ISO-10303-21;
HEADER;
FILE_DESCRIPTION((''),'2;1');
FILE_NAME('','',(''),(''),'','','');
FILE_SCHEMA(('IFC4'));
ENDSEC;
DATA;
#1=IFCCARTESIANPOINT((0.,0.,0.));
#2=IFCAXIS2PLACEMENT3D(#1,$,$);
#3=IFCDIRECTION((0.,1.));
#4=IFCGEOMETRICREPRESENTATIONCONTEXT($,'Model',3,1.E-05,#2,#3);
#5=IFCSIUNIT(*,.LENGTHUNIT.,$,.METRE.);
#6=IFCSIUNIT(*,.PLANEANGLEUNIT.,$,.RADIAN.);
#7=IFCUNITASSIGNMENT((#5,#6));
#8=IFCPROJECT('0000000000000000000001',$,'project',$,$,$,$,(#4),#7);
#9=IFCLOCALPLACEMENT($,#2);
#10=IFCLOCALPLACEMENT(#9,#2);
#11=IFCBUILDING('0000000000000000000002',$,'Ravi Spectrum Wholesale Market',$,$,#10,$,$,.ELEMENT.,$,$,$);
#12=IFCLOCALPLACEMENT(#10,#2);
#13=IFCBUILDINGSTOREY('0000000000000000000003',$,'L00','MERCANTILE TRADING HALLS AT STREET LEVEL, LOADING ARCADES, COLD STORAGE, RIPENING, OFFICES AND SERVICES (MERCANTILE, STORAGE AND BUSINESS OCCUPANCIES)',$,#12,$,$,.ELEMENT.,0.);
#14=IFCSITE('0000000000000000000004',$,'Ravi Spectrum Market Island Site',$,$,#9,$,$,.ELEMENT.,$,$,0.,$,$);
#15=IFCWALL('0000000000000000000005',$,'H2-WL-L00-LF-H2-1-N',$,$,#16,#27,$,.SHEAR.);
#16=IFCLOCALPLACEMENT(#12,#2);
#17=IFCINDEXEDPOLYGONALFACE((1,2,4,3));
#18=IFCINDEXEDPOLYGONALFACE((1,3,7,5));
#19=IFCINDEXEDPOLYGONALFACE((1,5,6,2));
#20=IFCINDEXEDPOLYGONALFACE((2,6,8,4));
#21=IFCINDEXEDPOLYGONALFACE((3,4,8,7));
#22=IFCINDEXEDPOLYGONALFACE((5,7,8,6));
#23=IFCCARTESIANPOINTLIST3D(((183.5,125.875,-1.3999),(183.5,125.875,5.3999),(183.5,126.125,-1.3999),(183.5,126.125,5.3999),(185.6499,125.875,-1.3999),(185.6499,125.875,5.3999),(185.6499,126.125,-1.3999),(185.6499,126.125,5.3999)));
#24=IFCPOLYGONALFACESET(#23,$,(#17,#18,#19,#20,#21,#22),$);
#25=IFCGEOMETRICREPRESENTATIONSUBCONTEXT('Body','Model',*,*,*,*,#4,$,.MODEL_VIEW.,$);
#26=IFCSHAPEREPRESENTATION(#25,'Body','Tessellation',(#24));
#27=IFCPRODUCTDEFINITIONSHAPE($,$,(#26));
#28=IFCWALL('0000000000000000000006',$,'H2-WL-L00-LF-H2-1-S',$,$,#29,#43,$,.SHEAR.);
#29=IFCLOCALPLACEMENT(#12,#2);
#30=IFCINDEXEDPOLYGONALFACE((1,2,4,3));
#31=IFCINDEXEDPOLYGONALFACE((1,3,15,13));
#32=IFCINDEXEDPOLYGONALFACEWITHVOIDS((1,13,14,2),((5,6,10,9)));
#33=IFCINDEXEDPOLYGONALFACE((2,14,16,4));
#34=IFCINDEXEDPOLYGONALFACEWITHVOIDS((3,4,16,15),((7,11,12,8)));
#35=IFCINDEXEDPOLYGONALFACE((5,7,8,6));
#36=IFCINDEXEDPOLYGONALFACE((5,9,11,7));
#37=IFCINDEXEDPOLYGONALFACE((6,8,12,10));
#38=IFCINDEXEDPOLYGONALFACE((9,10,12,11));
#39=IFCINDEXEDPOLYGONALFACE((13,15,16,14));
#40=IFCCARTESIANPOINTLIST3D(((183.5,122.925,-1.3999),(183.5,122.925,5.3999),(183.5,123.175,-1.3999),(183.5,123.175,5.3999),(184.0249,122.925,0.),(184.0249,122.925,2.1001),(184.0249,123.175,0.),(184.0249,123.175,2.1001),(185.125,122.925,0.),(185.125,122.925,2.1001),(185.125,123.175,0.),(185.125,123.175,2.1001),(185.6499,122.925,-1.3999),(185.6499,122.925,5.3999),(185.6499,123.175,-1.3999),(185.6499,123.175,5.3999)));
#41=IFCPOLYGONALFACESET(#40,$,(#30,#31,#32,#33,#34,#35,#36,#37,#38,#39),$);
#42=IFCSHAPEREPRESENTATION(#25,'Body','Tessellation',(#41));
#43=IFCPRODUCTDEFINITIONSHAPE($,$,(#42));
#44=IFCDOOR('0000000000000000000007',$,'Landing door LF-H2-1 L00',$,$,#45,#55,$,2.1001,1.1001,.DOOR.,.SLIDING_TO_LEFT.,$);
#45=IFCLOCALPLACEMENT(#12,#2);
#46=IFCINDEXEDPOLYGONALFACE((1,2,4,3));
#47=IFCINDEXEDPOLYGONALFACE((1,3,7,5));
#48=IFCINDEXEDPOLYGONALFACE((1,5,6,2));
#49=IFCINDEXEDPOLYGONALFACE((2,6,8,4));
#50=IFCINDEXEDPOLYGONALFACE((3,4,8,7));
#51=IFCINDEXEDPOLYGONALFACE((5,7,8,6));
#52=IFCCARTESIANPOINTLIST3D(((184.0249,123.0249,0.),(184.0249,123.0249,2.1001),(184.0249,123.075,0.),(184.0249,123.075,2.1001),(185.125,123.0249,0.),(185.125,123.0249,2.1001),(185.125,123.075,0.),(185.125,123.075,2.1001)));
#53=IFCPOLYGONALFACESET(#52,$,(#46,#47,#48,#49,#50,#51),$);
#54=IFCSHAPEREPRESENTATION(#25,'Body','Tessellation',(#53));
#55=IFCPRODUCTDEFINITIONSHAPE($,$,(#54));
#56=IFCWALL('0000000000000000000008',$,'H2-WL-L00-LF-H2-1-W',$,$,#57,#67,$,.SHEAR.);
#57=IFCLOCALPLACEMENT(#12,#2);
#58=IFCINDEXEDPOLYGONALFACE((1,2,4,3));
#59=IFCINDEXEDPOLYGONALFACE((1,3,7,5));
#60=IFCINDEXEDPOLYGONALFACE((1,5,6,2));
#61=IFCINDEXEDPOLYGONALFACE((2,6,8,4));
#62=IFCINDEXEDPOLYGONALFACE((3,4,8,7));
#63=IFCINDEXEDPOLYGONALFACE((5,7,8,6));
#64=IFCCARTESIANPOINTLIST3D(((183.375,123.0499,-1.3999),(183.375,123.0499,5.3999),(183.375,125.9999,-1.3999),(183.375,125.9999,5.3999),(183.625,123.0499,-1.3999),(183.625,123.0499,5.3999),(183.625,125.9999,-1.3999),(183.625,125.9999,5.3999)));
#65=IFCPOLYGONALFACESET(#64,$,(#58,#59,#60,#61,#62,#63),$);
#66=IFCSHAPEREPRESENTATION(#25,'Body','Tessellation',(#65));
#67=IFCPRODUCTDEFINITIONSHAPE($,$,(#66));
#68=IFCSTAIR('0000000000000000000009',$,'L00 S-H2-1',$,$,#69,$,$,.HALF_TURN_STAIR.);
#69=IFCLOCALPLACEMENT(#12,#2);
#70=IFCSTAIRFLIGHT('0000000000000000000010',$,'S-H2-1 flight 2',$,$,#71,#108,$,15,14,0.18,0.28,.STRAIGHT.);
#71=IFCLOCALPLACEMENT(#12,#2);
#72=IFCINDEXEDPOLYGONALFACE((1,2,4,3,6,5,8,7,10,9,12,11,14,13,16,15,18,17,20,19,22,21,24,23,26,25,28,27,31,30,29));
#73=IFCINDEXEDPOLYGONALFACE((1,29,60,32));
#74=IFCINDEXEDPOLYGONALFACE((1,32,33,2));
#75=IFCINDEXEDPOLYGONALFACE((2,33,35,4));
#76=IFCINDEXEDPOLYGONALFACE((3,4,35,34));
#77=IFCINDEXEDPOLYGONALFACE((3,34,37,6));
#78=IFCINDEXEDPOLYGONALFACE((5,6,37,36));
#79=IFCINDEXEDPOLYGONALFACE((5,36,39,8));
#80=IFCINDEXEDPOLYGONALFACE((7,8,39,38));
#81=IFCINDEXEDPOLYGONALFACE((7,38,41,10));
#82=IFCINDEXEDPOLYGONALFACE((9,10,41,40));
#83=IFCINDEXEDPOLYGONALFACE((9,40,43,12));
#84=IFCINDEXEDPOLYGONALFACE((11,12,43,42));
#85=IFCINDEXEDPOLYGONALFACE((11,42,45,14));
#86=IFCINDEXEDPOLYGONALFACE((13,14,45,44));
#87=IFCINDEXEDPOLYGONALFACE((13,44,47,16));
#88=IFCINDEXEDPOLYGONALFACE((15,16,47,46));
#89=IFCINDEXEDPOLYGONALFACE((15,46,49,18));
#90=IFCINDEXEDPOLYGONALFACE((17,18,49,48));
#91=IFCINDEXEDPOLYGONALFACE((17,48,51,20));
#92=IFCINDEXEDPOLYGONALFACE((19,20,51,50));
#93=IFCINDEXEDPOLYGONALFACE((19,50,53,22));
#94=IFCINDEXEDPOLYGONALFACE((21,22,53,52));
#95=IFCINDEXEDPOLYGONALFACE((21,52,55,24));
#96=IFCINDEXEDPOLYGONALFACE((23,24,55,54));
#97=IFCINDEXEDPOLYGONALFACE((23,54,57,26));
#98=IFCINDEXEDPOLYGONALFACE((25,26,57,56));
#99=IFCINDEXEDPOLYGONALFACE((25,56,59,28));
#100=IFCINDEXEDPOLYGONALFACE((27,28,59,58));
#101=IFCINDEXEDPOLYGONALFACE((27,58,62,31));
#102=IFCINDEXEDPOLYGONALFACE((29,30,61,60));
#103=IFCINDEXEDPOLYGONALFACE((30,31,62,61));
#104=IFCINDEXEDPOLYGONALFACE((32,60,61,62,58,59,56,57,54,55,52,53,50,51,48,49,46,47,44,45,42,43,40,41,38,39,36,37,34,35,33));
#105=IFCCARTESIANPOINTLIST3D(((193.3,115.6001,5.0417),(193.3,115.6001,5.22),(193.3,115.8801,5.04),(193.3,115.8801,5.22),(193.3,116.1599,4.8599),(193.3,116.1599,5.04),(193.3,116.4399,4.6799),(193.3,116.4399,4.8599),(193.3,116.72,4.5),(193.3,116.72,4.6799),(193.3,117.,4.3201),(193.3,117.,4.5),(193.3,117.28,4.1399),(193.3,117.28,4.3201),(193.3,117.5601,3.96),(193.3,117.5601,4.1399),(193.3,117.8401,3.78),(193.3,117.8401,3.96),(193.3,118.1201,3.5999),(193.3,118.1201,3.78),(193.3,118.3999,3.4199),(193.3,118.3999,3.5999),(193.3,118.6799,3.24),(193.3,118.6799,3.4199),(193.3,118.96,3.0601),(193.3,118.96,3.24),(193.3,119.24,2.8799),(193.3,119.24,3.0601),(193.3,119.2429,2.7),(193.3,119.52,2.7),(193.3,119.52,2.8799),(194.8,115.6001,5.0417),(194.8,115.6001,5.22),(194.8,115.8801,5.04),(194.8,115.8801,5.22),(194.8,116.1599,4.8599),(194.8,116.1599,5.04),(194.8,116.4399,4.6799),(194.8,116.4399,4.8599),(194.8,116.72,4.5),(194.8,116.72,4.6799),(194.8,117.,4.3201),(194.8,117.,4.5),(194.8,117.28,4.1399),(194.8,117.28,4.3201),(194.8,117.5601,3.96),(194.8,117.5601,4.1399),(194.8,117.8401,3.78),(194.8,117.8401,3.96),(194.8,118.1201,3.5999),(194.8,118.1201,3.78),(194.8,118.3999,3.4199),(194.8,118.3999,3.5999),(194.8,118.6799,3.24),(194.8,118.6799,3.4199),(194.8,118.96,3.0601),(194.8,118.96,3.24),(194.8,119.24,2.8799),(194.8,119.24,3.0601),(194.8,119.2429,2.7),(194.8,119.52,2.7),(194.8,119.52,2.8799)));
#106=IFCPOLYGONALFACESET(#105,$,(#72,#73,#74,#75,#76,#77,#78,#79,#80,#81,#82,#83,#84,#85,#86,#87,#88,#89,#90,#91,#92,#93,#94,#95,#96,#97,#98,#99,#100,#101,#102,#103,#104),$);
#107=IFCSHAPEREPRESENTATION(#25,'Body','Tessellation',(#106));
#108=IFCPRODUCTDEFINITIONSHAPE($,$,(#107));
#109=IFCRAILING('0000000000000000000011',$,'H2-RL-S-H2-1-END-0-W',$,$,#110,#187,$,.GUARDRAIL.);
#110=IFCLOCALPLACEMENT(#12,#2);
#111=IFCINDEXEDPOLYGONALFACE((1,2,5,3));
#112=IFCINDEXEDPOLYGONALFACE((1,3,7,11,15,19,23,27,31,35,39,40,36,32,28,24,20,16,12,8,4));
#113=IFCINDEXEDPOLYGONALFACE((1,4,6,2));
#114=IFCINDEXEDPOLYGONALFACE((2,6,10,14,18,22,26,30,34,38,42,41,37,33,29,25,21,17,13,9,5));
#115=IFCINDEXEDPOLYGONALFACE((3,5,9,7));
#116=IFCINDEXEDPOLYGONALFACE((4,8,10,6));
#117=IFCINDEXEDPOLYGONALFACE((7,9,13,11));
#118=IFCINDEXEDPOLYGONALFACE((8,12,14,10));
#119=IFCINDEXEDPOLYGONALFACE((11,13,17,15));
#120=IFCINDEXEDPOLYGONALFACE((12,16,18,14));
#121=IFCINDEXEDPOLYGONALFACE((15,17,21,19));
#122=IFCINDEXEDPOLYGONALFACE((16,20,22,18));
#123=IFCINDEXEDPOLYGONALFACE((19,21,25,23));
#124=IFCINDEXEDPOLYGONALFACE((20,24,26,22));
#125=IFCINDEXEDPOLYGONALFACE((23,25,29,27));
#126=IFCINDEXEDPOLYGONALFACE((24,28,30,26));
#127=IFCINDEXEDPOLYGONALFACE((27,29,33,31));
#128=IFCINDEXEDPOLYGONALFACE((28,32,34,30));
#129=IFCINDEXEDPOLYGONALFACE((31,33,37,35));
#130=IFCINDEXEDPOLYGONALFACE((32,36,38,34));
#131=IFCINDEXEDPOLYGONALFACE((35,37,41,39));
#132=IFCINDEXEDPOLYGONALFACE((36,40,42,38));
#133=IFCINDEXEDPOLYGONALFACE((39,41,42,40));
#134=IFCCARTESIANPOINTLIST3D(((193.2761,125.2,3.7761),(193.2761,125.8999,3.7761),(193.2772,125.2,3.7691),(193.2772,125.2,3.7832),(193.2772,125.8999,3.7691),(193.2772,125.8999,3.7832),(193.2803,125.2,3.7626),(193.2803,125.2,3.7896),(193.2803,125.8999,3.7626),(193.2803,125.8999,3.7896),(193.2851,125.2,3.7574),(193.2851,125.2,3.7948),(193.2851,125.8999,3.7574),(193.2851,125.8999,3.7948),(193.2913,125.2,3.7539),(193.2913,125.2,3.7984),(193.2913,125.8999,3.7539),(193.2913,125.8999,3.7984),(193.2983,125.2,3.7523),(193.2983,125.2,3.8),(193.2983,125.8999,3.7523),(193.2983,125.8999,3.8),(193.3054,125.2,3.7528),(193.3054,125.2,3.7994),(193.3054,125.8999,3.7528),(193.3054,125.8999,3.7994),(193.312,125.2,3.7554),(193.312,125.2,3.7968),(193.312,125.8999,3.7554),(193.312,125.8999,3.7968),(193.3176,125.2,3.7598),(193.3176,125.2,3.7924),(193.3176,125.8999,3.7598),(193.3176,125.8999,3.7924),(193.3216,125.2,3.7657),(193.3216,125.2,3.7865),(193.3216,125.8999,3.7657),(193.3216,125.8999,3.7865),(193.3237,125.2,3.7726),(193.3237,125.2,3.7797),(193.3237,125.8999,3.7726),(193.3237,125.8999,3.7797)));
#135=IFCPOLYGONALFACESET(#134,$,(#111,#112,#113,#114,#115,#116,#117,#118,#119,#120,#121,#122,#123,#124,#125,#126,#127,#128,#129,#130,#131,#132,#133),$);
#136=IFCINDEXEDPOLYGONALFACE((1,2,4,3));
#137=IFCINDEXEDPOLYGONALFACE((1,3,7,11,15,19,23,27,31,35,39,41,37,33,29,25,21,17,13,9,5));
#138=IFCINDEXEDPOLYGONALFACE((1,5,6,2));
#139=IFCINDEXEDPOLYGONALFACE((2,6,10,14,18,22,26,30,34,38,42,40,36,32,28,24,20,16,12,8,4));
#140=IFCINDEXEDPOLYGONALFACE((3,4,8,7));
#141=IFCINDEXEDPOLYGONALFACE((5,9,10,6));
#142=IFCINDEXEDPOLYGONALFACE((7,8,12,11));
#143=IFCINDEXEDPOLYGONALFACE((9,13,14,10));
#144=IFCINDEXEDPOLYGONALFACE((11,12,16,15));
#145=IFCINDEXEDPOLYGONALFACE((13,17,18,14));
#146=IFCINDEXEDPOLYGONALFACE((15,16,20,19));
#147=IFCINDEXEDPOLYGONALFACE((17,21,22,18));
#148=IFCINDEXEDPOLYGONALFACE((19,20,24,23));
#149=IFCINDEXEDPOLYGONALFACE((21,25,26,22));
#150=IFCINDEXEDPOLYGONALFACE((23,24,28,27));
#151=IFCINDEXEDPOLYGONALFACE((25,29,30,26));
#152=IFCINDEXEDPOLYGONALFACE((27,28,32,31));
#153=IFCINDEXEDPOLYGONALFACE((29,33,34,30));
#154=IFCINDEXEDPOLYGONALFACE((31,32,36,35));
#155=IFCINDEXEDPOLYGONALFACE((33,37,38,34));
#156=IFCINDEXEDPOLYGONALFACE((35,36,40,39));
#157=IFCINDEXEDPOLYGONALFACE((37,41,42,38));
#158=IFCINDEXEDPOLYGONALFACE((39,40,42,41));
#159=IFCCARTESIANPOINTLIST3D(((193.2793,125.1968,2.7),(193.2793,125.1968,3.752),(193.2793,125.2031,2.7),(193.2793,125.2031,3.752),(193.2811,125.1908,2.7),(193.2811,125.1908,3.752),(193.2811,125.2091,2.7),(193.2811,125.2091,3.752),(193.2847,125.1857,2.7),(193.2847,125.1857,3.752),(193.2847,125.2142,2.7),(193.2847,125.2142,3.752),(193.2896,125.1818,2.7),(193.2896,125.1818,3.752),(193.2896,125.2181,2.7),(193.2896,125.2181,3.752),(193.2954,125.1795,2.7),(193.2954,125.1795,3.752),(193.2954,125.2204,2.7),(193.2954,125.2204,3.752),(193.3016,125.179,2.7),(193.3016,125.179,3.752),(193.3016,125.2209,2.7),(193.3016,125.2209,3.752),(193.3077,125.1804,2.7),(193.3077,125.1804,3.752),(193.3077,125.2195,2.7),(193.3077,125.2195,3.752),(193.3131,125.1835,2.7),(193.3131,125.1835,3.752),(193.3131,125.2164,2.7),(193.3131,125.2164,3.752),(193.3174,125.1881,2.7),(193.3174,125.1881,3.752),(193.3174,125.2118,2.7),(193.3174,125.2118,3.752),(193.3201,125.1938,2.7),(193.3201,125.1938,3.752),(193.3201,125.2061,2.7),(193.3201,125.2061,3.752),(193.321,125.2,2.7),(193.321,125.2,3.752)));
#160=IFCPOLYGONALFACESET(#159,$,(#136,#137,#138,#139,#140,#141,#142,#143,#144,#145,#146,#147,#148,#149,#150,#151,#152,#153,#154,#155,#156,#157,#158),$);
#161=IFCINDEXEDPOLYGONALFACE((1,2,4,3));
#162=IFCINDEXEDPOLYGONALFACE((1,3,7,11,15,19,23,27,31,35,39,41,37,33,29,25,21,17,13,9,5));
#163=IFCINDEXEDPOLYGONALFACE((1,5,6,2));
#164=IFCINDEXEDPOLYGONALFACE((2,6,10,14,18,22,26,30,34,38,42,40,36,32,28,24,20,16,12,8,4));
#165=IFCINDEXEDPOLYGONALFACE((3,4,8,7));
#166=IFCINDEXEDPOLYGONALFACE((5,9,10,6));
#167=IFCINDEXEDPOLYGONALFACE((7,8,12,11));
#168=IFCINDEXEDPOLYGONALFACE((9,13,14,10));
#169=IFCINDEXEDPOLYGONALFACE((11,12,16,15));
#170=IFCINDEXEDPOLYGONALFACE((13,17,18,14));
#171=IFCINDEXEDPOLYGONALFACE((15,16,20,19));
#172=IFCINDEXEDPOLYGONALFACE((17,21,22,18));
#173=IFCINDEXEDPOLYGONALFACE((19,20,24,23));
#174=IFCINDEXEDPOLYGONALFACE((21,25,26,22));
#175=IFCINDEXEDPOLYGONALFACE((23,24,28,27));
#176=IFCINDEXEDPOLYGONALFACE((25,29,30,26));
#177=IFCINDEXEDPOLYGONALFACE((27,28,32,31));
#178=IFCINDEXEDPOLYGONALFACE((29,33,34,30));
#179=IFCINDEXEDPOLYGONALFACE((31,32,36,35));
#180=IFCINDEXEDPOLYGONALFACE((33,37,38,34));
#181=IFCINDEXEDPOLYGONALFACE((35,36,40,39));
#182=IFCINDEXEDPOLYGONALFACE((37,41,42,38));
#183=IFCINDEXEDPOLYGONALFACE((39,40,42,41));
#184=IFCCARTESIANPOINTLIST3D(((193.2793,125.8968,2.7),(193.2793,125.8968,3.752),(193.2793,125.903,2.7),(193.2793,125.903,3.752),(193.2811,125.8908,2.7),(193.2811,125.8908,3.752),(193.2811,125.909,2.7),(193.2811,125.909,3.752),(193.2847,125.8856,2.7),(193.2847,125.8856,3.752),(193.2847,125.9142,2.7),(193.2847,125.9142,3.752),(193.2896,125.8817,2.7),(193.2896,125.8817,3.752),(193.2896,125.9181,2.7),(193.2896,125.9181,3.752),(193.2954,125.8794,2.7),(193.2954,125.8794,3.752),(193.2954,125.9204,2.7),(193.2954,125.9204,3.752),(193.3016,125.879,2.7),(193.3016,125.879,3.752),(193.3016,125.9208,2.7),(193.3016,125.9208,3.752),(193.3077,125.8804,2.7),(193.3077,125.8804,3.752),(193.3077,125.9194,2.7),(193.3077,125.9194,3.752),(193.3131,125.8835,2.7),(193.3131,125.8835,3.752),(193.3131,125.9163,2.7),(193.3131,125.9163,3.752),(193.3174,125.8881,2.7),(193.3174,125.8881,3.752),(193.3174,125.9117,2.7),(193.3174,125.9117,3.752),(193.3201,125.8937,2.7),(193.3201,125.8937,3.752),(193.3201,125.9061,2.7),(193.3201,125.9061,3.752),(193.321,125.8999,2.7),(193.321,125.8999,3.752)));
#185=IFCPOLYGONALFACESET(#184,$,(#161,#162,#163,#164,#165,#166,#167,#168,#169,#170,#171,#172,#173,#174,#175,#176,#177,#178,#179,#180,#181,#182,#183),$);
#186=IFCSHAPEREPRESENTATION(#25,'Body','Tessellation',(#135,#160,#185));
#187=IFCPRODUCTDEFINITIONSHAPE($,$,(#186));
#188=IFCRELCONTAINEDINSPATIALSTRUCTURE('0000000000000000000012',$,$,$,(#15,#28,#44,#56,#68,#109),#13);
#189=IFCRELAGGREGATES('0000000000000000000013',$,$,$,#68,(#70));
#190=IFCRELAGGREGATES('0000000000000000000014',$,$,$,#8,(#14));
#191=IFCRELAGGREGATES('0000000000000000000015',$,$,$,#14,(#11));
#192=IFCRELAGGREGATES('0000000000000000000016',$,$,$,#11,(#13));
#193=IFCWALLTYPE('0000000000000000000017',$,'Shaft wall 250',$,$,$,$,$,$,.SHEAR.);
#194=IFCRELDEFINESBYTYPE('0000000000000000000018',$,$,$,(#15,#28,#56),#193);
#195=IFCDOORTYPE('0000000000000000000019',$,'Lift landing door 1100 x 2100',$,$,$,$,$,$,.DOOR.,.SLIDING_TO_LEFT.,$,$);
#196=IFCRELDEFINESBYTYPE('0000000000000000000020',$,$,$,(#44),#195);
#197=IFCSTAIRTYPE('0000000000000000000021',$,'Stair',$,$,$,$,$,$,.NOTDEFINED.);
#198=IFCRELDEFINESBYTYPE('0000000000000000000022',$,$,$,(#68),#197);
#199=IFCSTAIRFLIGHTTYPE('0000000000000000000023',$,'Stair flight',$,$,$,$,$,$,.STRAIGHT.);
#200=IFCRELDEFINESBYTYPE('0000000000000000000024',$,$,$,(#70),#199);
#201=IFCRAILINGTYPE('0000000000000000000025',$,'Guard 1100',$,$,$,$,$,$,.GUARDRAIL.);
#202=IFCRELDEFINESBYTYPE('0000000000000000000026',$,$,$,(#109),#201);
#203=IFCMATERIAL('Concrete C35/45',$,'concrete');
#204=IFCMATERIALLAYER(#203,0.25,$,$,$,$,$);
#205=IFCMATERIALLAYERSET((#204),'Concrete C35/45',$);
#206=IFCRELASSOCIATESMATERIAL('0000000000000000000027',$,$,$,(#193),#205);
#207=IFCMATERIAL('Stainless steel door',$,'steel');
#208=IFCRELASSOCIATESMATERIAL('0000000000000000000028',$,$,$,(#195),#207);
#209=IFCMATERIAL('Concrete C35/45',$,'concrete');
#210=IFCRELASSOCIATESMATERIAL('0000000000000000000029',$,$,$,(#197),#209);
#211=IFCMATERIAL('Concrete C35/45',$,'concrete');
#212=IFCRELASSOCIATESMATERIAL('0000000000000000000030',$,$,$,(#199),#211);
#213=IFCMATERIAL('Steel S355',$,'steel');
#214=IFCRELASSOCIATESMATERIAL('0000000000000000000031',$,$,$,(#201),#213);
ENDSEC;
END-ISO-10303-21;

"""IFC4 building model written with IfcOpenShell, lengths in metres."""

from ifc_helpers import new_model, si_unit, direction, frame, frame_2d, origin, origin_2d, place, context, subcontext, project, spatial, polyline, rectangle, circle, outline, extrude, material, layer, layer_set, type_object, element, fill, aggregate, save


model = new_model("IFC4")

# Units and contexts
model_context = context("Model", 3, precision=1e-05, world=origin(), true_north=direction((0.0, 1.0)))
body_context = subcontext(model_context, "Body", "Model", "MODEL_VIEW")
ifc_project = project(units=[si_unit("LENGTHUNIT", "METRE"), si_unit("PLANEANGLEUNIT", "RADIAN")], contexts=[model_context])

# Site, building, storey
site_placement = place(None, origin())
site = spatial("IfcSite", under=ifc_project, at=site_placement, Name="Ravi Spectrum Market Island Site", CompositionType="ELEMENT", RefElevation=0.0)
building_placement = place(site_placement, origin())
building = spatial("IfcBuilding", under=site, at=building_placement, Name="Ravi Spectrum Wholesale Market", CompositionType="ELEMENT")
storey_placement = place(building_placement, origin())
storey = spatial("IfcBuildingStorey", under=building, at=storey_placement, Name="L00", Description="MERCANTILE TRADING HALLS AT STREET LEVEL, LOADING ARCADES, COLD STORAGE, RIPENING, OFFICES AND SERVICES (MERCANTILE, STORAGE AND BUSINESS OCCUPANCIES)", CompositionType="ELEMENT", Elevation=0.0)

# Wall
ifc_material_1 = material(Name="Concrete C35/45", Category="concrete")
ifc_layer_1 = layer(ifc_material_1, 0.25)
ifc_layer_set_1 = layer_set([ifc_layer_1], Name="Concrete C35/45")
wall_type_1 = type_object("IfcWallType", Name="Shaft wall 250", PredefinedType="SHEAR", material=ifc_layer_set_1)
wall_1_placement = place(storey_placement, frame((185.6499, 126.0, -1.3999), z_axis=(0.0, 0.0, 1.0), x_axis=(-1.0, 0.0, 0.0)))
element("IfcWall", 1, at=wall_1_placement, inside=storey, type_object=wall_type_1, Name="H2-WL-L00-LF-H2-1-N", PredefinedType="SHEAR", context=body_context, shape_type="SweptSolid", body=[
    extrude(rectangle(XDim=2.1499, YDim=0.25, at=frame_2d((1.075, 0.0))), origin(), (0.0, 0.0, 1.0), 6.7998),
])

# Wall, opening, door
wall_2_placement = place(storey_placement, frame((183.5, 123.05, -1.3999), z_axis=(0.0, 0.0, 1.0), x_axis=(1.0, 0.0, 0.0)))
wall_2 = element("IfcWall", 2, at=wall_2_placement, inside=storey, type_object=wall_type_1, Name="H2-WL-L00-LF-H2-1-S", PredefinedType="SHEAR", context=body_context, shape_type="SweptSolid", body=[
    extrude(rectangle(XDim=2.1499, YDim=0.25, at=frame_2d((1.075, 0.0))), origin(), (0.0, 0.0, 1.0), 6.7998),
])
opening_1_placement = place(wall_2_placement, frame((0.5249, 0.0, 1.3999)))
opening_1 = element("IfcOpeningElement", 3, at=opening_1_placement, cuts=wall_2, PredefinedType="OPENING", context=body_context, shape_type="SweptSolid", body=[
    extrude(rectangle(XDim=1.1001, YDim=2.1001, at=frame_2d((0.55, 1.05))), frame((0.0, 0.135, 0.0), z_axis=(0.0, -1.0, 0.0), x_axis=(1.0, 0.0, 0.0)), (0.0, 0.0, 1.0), 0.27),
])
ifc_material_2 = material(Name="Stainless steel door", Category="steel")
door_type_1 = type_object("IfcDoorType", Name="Lift landing door 1100 x 2100", OperationType="SLIDING_TO_LEFT", PredefinedType="DOOR", material=ifc_material_2)
door_1_placement = place(opening_1_placement, origin())
door_1 = element("IfcDoor", 4, at=door_1_placement, inside=storey, type_object=door_type_1, Name="Landing door LF-H2-1 L00", OperationType="SLIDING_TO_LEFT", OverallHeight=2.1001, OverallWidth=1.1001, PredefinedType="DOOR", context=body_context, shape_type="SweptSolid", body=[
    extrude(rectangle(XDim=1.1001, YDim=2.1001, at=frame_2d((0.55, 1.05))), frame((0.0, 0.0249, 0.0), z_axis=(0.0, -1.0, 0.0), x_axis=(1.0, 0.0, 0.0)), (0.0, 0.0, 1.0), 0.05),
])
fill(opening_1, door_1)

# Wall
wall_3_placement = place(storey_placement, frame((183.5, 126.0, -1.3999), z_axis=(0.0, 0.0, 1.0), x_axis=(0.0, -1.0, 0.0)))
element("IfcWall", 5, at=wall_3_placement, inside=storey, type_object=wall_type_1, Name="H2-WL-L00-LF-H2-1-W", PredefinedType="SHEAR", context=body_context, shape_type="SweptSolid", body=[
    extrude(rectangle(XDim=2.95, YDim=0.25, at=frame_2d((1.4751, 0.0))), origin(), (0.0, 0.0, 1.0), 6.7998),
])

# Stair, stair flight
ifc_material_3 = material(Name="Concrete C35/45", Category="concrete")
stair_type = type_object("IfcStairType", Name="Stair", PredefinedType="NOTDEFINED", material=ifc_material_3)
stair_placement = place(storey_placement, origin())
stair = element("IfcStair", 6, at=stair_placement, inside=storey, type_object=stair_type, Name="L00 S-H2-1", PredefinedType="HALF_TURN_STAIR")
ifc_material_4 = material(Name="Concrete C35/45", Category="concrete")
stair_flight_type = type_object("IfcStairFlightType", Name="Stair flight", PredefinedType="STRAIGHT", material=ifc_material_4)
stair_flight_placement = place(storey_placement, frame((194.05, 119.52, 2.7), z_axis=(0.0, 0.0, 1.0), x_axis=(0.0, -1.0, 0.0)))
stair_flight = element("IfcStairFlight", 7, at=stair_flight_placement, type_object=stair_flight_type, Name="S-H2-1 flight 2", NumberOfRisers=15, NumberOfTreads=14, PredefinedType="STRAIGHT", RiserHeight=0.18, TreadLength=0.28, context=body_context, shape_type="SweptSolid", body=[
    extrude(outline(polyline([(0.0, 0.0), (0.0, 0.1799), (0.28, 0.1799), (0.28, 0.3601), (0.5601, 0.3601), (0.5601, 0.54), (0.8401, 0.54), (0.8401, 0.72), (1.1201, 0.72), (1.1201, 0.8999), (1.3999, 0.8999), (1.3999, 1.0801), (1.6799, 1.0801), (1.6799, 1.26), (1.96, 1.26), (1.96, 1.4399), (2.24, 1.4399), (2.24, 1.6201), (2.52, 1.6201), (2.52, 1.8), (2.8, 1.8), (2.8, 1.98), (3.0801, 1.98), (3.0801, 2.1599), (3.3601, 2.1599), (3.3601, 2.3401), (3.6399, 2.3401), (3.6399, 2.52), (3.9199, 2.52), (3.9199, 2.7), (3.9199, 2.3418), (0.2771, 0.0), (0.0, 0.0)])), frame((0.0, 0.75, 0.0), z_axis=(0.0, -1.0, 0.0), x_axis=(1.0, 0.0, 0.0)), (0.0, 0.0, 1.0), 1.5),
])
aggregate(stair, [stair_flight])

# Railing
ifc_material_5 = material(Name="Steel S355", Category="steel")
railing_type_1 = type_object("IfcRailingType", Name="Guard 1100", PredefinedType="GUARDRAIL", material=ifc_material_5)
railing_1_placement = place(storey_placement, frame((193.3, 125.2, 2.7)))
element("IfcRailing", 8, at=railing_1_placement, inside=storey, type_object=railing_type_1, Name="H2-RL-S-H2-1-END-0-W", PredefinedType="GUARDRAIL", context=body_context, shape_type="SweptSolid", body=[
    extrude(circle(Radius=0.0239, at=origin_2d()), frame((0.0, 0.0, 1.0762), z_axis=(0.0, 1.0, 0.0), x_axis=(-1.0, 0.0, 0.0)), (0.0, 0.0, 1.0), 0.7),
    extrude(circle(Radius=0.021, at=origin_2d()), origin(), (0.0, 0.0, 1.0), 1.052),
    extrude(circle(Radius=0.021, at=origin_2d()), frame((0.0, 0.7, 0.0)), (0.0, 0.0, 1.0), 1.052),
])

save(model, "model.ifc")
